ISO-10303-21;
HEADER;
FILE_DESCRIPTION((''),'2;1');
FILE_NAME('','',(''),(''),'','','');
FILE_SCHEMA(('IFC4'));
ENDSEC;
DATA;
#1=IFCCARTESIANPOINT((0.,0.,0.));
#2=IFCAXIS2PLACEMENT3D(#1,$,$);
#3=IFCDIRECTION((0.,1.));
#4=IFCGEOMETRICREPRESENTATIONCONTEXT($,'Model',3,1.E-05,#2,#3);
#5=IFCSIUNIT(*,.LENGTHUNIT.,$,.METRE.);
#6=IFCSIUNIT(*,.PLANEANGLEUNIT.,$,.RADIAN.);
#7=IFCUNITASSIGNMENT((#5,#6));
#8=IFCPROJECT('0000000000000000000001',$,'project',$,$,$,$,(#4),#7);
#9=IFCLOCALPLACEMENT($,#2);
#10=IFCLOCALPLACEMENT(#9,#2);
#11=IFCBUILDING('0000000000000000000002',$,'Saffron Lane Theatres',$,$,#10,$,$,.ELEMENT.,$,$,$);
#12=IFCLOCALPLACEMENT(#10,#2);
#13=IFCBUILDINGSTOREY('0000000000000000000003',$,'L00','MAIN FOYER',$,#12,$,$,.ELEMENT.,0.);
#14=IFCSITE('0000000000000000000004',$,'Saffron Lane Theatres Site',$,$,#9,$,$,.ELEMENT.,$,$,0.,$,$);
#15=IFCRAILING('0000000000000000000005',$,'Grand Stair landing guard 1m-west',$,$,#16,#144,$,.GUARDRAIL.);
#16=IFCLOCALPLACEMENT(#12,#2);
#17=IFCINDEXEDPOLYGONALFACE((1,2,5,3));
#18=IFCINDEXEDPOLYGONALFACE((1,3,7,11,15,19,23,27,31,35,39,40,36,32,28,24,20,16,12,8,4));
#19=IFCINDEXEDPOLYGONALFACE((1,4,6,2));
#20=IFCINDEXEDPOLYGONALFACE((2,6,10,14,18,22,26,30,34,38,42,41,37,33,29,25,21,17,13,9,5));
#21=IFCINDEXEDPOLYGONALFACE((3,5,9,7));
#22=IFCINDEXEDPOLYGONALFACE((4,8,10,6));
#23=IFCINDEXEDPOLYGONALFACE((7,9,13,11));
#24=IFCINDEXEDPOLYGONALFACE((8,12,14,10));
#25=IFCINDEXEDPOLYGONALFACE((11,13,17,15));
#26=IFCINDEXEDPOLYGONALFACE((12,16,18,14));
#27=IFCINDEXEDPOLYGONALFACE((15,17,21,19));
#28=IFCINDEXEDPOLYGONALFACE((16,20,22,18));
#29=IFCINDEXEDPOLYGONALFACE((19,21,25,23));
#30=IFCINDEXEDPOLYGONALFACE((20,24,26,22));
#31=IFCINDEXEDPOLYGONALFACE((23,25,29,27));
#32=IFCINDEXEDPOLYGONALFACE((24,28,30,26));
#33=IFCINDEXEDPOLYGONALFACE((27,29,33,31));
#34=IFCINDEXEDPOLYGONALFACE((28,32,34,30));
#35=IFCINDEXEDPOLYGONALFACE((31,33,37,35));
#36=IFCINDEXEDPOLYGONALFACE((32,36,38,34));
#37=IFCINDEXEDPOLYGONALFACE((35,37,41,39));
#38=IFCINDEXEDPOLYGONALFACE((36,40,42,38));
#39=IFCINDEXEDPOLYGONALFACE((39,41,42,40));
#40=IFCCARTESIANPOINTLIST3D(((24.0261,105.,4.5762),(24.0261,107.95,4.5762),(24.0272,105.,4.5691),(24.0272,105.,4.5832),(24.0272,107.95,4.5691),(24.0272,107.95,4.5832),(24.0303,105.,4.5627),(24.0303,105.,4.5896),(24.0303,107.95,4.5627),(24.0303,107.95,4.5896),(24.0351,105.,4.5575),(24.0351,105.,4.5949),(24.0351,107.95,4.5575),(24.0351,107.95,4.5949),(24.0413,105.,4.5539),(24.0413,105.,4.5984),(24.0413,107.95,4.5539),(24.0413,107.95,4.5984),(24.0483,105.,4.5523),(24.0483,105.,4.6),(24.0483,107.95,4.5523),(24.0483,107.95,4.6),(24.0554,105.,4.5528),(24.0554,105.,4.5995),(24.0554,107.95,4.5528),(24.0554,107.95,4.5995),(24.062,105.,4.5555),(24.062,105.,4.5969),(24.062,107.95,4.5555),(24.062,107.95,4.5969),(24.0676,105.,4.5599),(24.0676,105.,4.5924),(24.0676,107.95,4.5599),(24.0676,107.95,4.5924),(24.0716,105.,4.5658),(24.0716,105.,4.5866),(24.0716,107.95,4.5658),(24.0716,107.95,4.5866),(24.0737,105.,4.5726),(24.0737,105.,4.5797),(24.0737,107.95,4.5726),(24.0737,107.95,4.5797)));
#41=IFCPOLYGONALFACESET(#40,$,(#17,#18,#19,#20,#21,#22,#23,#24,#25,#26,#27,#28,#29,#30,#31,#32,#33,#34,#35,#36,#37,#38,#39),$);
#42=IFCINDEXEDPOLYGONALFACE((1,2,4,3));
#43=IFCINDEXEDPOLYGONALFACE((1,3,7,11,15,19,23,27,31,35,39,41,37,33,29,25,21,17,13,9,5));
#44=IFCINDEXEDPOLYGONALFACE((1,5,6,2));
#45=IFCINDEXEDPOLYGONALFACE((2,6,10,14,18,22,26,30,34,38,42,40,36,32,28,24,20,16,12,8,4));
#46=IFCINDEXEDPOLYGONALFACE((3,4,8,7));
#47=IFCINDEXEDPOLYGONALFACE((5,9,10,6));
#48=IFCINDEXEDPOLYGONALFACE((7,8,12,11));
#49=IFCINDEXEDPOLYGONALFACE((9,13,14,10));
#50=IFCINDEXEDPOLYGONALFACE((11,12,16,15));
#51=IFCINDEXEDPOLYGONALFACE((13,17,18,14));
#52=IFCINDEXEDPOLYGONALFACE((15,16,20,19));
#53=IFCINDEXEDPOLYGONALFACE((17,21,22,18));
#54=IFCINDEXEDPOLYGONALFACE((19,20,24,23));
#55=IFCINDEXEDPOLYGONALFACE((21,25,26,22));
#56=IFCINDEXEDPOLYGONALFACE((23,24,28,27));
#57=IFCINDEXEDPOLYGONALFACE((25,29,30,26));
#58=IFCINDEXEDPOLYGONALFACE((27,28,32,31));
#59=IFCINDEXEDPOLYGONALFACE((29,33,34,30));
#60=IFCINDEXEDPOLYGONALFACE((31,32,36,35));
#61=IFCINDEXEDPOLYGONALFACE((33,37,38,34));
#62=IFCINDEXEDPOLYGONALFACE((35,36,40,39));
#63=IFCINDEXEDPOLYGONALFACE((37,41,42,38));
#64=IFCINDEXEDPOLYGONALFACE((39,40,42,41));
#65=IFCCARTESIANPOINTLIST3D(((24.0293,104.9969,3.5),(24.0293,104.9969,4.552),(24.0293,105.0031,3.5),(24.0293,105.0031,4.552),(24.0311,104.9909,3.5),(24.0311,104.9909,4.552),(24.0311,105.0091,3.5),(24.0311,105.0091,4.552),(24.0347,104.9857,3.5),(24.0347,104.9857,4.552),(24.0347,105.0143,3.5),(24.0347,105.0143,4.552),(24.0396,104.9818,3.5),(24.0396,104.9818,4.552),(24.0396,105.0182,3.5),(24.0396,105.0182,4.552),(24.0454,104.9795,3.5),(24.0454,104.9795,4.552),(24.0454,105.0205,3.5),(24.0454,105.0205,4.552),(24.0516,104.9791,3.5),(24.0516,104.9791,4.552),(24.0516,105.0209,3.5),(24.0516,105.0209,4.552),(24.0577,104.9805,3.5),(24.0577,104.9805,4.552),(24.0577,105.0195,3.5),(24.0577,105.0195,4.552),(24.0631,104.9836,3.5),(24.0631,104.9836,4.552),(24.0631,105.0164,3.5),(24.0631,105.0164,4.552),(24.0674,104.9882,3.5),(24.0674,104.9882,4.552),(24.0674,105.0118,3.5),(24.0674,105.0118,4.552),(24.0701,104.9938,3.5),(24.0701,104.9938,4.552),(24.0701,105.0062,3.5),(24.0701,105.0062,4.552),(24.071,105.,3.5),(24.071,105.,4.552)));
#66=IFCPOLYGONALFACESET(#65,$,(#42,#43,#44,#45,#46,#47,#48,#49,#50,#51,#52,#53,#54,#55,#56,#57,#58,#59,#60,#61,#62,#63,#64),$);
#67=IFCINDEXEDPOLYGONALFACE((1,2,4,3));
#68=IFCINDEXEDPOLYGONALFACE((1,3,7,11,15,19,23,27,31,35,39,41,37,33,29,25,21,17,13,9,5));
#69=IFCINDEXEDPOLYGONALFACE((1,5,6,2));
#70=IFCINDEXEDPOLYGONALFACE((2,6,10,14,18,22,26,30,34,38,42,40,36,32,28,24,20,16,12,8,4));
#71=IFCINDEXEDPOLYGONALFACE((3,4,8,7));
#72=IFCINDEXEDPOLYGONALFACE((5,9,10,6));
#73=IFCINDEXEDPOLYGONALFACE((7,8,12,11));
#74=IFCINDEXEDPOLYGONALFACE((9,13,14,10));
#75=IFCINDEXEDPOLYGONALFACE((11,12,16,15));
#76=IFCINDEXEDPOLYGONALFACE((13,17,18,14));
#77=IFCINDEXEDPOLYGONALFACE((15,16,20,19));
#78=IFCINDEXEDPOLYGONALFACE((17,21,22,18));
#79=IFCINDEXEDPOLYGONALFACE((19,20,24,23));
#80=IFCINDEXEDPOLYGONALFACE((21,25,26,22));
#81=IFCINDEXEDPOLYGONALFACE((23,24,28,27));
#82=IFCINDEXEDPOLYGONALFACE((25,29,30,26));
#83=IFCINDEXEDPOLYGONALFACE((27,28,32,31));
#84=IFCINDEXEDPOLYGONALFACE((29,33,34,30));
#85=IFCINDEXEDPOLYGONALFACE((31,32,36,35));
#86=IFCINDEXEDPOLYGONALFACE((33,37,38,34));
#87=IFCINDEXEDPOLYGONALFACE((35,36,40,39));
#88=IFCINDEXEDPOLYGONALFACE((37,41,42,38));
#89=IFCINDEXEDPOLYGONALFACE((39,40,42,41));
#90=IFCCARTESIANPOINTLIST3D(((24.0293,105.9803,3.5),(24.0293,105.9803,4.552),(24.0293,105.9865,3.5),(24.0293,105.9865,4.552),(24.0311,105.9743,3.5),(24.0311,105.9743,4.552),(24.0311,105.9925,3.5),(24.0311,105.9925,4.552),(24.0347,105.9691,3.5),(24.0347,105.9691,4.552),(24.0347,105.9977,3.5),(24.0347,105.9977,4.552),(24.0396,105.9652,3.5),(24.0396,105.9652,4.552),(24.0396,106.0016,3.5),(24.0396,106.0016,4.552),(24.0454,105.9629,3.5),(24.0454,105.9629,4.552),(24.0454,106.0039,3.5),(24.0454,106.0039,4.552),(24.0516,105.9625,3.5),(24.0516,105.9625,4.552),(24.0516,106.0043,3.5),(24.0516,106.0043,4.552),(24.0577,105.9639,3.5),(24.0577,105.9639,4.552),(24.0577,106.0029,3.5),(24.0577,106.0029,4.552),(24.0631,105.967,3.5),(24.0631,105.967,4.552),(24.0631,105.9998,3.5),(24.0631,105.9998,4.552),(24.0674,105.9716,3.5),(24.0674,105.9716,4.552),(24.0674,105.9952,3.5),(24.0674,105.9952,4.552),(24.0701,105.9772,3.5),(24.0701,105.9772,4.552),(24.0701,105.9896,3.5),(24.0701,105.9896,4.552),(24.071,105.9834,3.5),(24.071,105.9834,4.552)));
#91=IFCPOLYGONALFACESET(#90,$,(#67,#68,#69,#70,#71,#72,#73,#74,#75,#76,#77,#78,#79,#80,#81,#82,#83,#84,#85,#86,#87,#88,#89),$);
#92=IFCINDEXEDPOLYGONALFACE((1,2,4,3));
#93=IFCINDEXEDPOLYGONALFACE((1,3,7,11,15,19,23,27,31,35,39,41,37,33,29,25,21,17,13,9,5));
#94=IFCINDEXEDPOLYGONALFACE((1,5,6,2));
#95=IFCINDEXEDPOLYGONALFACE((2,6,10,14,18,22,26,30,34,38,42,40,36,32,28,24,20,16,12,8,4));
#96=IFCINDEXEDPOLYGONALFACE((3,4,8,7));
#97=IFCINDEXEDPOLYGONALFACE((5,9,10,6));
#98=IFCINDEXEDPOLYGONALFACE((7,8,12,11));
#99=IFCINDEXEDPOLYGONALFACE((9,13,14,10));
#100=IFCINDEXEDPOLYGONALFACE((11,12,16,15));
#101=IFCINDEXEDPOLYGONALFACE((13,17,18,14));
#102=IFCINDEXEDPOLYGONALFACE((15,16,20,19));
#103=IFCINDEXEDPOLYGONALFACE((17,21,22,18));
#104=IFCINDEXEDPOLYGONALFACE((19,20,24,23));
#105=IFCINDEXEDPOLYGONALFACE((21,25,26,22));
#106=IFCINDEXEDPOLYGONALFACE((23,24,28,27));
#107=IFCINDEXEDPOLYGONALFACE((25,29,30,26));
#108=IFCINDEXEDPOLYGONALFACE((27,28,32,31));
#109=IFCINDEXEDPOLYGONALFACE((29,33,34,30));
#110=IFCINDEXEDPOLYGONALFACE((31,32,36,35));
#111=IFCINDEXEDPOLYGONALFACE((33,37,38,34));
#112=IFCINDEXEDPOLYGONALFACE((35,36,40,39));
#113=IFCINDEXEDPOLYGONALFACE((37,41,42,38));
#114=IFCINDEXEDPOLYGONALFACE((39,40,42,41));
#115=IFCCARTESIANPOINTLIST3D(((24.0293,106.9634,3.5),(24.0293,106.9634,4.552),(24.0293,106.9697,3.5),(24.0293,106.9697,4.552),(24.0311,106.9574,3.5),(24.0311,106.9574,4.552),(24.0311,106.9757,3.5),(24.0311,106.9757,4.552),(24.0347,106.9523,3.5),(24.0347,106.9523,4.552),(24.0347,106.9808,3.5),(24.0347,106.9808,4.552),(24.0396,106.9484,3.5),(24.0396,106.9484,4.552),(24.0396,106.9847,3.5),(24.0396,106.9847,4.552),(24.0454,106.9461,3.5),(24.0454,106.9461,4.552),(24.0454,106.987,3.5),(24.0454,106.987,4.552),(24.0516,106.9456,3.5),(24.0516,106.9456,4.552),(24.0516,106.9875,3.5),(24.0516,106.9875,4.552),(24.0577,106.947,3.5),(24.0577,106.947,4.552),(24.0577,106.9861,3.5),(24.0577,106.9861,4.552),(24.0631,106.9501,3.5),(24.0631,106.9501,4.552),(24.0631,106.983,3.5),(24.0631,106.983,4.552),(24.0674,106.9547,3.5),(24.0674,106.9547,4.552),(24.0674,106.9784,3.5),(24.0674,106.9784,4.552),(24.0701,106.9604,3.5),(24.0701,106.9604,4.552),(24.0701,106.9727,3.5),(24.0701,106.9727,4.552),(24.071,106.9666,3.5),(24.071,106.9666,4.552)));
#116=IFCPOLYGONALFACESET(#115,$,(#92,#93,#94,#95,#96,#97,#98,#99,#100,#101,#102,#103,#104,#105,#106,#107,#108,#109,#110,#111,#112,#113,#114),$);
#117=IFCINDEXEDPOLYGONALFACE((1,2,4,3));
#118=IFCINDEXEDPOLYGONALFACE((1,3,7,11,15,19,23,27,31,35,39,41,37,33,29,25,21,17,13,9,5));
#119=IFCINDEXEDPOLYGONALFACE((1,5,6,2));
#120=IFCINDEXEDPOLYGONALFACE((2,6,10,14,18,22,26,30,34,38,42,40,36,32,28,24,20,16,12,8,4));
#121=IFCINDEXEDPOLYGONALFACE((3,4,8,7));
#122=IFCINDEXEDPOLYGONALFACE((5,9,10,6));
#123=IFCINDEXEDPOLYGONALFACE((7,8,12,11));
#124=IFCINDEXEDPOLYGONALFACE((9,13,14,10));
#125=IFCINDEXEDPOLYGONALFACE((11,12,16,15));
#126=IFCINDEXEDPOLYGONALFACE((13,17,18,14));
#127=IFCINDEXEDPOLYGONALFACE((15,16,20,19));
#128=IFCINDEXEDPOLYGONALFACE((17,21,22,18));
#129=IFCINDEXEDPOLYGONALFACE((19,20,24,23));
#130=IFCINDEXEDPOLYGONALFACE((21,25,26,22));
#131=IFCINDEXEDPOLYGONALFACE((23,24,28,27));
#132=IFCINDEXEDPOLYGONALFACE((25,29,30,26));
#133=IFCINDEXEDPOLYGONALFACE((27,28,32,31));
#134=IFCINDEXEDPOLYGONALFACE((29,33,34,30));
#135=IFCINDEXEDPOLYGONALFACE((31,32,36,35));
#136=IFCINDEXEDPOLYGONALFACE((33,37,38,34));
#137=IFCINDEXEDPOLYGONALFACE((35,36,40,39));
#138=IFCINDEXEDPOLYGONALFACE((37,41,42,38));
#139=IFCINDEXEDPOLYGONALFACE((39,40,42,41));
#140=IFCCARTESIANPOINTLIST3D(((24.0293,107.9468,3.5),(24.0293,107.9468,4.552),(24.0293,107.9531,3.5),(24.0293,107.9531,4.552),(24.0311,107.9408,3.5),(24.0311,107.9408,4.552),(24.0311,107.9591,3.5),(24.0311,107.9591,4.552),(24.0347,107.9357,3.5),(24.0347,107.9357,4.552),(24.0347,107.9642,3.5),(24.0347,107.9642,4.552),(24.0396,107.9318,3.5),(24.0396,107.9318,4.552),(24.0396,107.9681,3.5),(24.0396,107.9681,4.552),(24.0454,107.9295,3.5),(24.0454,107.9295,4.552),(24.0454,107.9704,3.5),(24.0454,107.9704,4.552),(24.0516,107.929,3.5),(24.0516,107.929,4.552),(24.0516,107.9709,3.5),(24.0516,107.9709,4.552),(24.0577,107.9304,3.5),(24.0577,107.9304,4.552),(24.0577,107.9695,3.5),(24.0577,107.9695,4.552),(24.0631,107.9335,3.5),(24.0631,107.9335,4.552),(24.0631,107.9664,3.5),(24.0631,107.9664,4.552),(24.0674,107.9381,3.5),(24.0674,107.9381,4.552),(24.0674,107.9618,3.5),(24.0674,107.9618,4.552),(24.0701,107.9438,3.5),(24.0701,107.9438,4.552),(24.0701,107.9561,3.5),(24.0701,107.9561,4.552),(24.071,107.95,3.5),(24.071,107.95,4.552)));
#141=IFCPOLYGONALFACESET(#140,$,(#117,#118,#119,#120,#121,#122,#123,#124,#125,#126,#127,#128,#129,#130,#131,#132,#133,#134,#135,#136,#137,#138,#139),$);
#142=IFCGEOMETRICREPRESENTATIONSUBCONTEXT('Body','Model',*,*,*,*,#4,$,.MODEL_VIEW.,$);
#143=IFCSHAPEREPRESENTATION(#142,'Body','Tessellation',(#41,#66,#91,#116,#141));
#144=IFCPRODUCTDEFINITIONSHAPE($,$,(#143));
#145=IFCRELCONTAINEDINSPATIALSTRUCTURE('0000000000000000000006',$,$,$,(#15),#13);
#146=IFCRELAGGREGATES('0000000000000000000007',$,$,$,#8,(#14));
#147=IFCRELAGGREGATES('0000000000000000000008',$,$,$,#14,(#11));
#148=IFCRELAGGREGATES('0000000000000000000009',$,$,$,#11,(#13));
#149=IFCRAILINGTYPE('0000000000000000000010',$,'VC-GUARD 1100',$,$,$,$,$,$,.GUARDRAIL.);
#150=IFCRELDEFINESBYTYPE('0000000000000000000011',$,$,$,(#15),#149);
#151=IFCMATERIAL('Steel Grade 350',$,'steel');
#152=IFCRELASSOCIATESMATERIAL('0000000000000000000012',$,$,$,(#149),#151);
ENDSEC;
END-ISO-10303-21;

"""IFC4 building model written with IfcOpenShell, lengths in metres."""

from ifc_helpers import new_model, si_unit, direction, frame, origin, origin_2d, place, context, subcontext, project, spatial, circle, extrude, material, type_object, element, save


model = new_model("IFC4")

# Units and contexts
model_context = context("Model", 3, precision=1e-05, world=origin(), true_north=direction((0.0, 1.0)))
body_context = subcontext(model_context, "Body", "Model", "MODEL_VIEW")
ifc_project = project(units=[si_unit("LENGTHUNIT", "METRE"), si_unit("PLANEANGLEUNIT", "RADIAN")], contexts=[model_context])

# Site, building, storey
site_placement = place(None, origin())
site = spatial("IfcSite", under=ifc_project, at=site_placement, Name="Saffron Lane Theatres Site", CompositionType="ELEMENT", RefElevation=0.0)
building_placement = place(site_placement, origin())
building = spatial("IfcBuilding", under=site, at=building_placement, Name="Saffron Lane Theatres", CompositionType="ELEMENT")
storey_placement = place(building_placement, origin())
storey = spatial("IfcBuildingStorey", under=building, at=storey_placement, Name="L00", Description="MAIN FOYER", CompositionType="ELEMENT", Elevation=0.0)

# Railing
ifc_material_1 = material(Name="Steel Grade 350", Category="steel")
railing_type_1 = type_object("IfcRailingType", Name="VC-GUARD 1100", PredefinedType="GUARDRAIL", material=ifc_material_1)
railing_1_placement = place(storey_placement, frame((24.05, 105.0, 3.5)))
element("IfcRailing", 1, at=railing_1_placement, inside=storey, type_object=railing_type_1, Name="Grand Stair landing guard 1m-west", PredefinedType="GUARDRAIL", context=body_context, shape_type="SweptSolid", body=[
    extrude(circle(Radius=0.0239, at=origin_2d()), frame((0.0, 0.0, 1.0762), z_axis=(0.0, 1.0, 0.0), x_axis=(-1.0, 0.0, 0.0)), (0.0, 0.0, 1.0), 2.95),
    extrude(circle(Radius=0.021, at=origin_2d()), origin(), (0.0, 0.0, 1.0), 1.052),
    extrude(circle(Radius=0.021, at=origin_2d()), frame((0.0, 0.9834, 0.0)), (0.0, 0.0, 1.0), 1.052),
    extrude(circle(Radius=0.021, at=origin_2d()), frame((0.0, 1.9666, 0.0)), (0.0, 0.0, 1.0), 1.052),
    extrude(circle(Radius=0.021, at=origin_2d()), frame((0.0, 2.95, 0.0)), (0.0, 0.0, 1.0), 1.052),
])

save(model, "model.ifc")
